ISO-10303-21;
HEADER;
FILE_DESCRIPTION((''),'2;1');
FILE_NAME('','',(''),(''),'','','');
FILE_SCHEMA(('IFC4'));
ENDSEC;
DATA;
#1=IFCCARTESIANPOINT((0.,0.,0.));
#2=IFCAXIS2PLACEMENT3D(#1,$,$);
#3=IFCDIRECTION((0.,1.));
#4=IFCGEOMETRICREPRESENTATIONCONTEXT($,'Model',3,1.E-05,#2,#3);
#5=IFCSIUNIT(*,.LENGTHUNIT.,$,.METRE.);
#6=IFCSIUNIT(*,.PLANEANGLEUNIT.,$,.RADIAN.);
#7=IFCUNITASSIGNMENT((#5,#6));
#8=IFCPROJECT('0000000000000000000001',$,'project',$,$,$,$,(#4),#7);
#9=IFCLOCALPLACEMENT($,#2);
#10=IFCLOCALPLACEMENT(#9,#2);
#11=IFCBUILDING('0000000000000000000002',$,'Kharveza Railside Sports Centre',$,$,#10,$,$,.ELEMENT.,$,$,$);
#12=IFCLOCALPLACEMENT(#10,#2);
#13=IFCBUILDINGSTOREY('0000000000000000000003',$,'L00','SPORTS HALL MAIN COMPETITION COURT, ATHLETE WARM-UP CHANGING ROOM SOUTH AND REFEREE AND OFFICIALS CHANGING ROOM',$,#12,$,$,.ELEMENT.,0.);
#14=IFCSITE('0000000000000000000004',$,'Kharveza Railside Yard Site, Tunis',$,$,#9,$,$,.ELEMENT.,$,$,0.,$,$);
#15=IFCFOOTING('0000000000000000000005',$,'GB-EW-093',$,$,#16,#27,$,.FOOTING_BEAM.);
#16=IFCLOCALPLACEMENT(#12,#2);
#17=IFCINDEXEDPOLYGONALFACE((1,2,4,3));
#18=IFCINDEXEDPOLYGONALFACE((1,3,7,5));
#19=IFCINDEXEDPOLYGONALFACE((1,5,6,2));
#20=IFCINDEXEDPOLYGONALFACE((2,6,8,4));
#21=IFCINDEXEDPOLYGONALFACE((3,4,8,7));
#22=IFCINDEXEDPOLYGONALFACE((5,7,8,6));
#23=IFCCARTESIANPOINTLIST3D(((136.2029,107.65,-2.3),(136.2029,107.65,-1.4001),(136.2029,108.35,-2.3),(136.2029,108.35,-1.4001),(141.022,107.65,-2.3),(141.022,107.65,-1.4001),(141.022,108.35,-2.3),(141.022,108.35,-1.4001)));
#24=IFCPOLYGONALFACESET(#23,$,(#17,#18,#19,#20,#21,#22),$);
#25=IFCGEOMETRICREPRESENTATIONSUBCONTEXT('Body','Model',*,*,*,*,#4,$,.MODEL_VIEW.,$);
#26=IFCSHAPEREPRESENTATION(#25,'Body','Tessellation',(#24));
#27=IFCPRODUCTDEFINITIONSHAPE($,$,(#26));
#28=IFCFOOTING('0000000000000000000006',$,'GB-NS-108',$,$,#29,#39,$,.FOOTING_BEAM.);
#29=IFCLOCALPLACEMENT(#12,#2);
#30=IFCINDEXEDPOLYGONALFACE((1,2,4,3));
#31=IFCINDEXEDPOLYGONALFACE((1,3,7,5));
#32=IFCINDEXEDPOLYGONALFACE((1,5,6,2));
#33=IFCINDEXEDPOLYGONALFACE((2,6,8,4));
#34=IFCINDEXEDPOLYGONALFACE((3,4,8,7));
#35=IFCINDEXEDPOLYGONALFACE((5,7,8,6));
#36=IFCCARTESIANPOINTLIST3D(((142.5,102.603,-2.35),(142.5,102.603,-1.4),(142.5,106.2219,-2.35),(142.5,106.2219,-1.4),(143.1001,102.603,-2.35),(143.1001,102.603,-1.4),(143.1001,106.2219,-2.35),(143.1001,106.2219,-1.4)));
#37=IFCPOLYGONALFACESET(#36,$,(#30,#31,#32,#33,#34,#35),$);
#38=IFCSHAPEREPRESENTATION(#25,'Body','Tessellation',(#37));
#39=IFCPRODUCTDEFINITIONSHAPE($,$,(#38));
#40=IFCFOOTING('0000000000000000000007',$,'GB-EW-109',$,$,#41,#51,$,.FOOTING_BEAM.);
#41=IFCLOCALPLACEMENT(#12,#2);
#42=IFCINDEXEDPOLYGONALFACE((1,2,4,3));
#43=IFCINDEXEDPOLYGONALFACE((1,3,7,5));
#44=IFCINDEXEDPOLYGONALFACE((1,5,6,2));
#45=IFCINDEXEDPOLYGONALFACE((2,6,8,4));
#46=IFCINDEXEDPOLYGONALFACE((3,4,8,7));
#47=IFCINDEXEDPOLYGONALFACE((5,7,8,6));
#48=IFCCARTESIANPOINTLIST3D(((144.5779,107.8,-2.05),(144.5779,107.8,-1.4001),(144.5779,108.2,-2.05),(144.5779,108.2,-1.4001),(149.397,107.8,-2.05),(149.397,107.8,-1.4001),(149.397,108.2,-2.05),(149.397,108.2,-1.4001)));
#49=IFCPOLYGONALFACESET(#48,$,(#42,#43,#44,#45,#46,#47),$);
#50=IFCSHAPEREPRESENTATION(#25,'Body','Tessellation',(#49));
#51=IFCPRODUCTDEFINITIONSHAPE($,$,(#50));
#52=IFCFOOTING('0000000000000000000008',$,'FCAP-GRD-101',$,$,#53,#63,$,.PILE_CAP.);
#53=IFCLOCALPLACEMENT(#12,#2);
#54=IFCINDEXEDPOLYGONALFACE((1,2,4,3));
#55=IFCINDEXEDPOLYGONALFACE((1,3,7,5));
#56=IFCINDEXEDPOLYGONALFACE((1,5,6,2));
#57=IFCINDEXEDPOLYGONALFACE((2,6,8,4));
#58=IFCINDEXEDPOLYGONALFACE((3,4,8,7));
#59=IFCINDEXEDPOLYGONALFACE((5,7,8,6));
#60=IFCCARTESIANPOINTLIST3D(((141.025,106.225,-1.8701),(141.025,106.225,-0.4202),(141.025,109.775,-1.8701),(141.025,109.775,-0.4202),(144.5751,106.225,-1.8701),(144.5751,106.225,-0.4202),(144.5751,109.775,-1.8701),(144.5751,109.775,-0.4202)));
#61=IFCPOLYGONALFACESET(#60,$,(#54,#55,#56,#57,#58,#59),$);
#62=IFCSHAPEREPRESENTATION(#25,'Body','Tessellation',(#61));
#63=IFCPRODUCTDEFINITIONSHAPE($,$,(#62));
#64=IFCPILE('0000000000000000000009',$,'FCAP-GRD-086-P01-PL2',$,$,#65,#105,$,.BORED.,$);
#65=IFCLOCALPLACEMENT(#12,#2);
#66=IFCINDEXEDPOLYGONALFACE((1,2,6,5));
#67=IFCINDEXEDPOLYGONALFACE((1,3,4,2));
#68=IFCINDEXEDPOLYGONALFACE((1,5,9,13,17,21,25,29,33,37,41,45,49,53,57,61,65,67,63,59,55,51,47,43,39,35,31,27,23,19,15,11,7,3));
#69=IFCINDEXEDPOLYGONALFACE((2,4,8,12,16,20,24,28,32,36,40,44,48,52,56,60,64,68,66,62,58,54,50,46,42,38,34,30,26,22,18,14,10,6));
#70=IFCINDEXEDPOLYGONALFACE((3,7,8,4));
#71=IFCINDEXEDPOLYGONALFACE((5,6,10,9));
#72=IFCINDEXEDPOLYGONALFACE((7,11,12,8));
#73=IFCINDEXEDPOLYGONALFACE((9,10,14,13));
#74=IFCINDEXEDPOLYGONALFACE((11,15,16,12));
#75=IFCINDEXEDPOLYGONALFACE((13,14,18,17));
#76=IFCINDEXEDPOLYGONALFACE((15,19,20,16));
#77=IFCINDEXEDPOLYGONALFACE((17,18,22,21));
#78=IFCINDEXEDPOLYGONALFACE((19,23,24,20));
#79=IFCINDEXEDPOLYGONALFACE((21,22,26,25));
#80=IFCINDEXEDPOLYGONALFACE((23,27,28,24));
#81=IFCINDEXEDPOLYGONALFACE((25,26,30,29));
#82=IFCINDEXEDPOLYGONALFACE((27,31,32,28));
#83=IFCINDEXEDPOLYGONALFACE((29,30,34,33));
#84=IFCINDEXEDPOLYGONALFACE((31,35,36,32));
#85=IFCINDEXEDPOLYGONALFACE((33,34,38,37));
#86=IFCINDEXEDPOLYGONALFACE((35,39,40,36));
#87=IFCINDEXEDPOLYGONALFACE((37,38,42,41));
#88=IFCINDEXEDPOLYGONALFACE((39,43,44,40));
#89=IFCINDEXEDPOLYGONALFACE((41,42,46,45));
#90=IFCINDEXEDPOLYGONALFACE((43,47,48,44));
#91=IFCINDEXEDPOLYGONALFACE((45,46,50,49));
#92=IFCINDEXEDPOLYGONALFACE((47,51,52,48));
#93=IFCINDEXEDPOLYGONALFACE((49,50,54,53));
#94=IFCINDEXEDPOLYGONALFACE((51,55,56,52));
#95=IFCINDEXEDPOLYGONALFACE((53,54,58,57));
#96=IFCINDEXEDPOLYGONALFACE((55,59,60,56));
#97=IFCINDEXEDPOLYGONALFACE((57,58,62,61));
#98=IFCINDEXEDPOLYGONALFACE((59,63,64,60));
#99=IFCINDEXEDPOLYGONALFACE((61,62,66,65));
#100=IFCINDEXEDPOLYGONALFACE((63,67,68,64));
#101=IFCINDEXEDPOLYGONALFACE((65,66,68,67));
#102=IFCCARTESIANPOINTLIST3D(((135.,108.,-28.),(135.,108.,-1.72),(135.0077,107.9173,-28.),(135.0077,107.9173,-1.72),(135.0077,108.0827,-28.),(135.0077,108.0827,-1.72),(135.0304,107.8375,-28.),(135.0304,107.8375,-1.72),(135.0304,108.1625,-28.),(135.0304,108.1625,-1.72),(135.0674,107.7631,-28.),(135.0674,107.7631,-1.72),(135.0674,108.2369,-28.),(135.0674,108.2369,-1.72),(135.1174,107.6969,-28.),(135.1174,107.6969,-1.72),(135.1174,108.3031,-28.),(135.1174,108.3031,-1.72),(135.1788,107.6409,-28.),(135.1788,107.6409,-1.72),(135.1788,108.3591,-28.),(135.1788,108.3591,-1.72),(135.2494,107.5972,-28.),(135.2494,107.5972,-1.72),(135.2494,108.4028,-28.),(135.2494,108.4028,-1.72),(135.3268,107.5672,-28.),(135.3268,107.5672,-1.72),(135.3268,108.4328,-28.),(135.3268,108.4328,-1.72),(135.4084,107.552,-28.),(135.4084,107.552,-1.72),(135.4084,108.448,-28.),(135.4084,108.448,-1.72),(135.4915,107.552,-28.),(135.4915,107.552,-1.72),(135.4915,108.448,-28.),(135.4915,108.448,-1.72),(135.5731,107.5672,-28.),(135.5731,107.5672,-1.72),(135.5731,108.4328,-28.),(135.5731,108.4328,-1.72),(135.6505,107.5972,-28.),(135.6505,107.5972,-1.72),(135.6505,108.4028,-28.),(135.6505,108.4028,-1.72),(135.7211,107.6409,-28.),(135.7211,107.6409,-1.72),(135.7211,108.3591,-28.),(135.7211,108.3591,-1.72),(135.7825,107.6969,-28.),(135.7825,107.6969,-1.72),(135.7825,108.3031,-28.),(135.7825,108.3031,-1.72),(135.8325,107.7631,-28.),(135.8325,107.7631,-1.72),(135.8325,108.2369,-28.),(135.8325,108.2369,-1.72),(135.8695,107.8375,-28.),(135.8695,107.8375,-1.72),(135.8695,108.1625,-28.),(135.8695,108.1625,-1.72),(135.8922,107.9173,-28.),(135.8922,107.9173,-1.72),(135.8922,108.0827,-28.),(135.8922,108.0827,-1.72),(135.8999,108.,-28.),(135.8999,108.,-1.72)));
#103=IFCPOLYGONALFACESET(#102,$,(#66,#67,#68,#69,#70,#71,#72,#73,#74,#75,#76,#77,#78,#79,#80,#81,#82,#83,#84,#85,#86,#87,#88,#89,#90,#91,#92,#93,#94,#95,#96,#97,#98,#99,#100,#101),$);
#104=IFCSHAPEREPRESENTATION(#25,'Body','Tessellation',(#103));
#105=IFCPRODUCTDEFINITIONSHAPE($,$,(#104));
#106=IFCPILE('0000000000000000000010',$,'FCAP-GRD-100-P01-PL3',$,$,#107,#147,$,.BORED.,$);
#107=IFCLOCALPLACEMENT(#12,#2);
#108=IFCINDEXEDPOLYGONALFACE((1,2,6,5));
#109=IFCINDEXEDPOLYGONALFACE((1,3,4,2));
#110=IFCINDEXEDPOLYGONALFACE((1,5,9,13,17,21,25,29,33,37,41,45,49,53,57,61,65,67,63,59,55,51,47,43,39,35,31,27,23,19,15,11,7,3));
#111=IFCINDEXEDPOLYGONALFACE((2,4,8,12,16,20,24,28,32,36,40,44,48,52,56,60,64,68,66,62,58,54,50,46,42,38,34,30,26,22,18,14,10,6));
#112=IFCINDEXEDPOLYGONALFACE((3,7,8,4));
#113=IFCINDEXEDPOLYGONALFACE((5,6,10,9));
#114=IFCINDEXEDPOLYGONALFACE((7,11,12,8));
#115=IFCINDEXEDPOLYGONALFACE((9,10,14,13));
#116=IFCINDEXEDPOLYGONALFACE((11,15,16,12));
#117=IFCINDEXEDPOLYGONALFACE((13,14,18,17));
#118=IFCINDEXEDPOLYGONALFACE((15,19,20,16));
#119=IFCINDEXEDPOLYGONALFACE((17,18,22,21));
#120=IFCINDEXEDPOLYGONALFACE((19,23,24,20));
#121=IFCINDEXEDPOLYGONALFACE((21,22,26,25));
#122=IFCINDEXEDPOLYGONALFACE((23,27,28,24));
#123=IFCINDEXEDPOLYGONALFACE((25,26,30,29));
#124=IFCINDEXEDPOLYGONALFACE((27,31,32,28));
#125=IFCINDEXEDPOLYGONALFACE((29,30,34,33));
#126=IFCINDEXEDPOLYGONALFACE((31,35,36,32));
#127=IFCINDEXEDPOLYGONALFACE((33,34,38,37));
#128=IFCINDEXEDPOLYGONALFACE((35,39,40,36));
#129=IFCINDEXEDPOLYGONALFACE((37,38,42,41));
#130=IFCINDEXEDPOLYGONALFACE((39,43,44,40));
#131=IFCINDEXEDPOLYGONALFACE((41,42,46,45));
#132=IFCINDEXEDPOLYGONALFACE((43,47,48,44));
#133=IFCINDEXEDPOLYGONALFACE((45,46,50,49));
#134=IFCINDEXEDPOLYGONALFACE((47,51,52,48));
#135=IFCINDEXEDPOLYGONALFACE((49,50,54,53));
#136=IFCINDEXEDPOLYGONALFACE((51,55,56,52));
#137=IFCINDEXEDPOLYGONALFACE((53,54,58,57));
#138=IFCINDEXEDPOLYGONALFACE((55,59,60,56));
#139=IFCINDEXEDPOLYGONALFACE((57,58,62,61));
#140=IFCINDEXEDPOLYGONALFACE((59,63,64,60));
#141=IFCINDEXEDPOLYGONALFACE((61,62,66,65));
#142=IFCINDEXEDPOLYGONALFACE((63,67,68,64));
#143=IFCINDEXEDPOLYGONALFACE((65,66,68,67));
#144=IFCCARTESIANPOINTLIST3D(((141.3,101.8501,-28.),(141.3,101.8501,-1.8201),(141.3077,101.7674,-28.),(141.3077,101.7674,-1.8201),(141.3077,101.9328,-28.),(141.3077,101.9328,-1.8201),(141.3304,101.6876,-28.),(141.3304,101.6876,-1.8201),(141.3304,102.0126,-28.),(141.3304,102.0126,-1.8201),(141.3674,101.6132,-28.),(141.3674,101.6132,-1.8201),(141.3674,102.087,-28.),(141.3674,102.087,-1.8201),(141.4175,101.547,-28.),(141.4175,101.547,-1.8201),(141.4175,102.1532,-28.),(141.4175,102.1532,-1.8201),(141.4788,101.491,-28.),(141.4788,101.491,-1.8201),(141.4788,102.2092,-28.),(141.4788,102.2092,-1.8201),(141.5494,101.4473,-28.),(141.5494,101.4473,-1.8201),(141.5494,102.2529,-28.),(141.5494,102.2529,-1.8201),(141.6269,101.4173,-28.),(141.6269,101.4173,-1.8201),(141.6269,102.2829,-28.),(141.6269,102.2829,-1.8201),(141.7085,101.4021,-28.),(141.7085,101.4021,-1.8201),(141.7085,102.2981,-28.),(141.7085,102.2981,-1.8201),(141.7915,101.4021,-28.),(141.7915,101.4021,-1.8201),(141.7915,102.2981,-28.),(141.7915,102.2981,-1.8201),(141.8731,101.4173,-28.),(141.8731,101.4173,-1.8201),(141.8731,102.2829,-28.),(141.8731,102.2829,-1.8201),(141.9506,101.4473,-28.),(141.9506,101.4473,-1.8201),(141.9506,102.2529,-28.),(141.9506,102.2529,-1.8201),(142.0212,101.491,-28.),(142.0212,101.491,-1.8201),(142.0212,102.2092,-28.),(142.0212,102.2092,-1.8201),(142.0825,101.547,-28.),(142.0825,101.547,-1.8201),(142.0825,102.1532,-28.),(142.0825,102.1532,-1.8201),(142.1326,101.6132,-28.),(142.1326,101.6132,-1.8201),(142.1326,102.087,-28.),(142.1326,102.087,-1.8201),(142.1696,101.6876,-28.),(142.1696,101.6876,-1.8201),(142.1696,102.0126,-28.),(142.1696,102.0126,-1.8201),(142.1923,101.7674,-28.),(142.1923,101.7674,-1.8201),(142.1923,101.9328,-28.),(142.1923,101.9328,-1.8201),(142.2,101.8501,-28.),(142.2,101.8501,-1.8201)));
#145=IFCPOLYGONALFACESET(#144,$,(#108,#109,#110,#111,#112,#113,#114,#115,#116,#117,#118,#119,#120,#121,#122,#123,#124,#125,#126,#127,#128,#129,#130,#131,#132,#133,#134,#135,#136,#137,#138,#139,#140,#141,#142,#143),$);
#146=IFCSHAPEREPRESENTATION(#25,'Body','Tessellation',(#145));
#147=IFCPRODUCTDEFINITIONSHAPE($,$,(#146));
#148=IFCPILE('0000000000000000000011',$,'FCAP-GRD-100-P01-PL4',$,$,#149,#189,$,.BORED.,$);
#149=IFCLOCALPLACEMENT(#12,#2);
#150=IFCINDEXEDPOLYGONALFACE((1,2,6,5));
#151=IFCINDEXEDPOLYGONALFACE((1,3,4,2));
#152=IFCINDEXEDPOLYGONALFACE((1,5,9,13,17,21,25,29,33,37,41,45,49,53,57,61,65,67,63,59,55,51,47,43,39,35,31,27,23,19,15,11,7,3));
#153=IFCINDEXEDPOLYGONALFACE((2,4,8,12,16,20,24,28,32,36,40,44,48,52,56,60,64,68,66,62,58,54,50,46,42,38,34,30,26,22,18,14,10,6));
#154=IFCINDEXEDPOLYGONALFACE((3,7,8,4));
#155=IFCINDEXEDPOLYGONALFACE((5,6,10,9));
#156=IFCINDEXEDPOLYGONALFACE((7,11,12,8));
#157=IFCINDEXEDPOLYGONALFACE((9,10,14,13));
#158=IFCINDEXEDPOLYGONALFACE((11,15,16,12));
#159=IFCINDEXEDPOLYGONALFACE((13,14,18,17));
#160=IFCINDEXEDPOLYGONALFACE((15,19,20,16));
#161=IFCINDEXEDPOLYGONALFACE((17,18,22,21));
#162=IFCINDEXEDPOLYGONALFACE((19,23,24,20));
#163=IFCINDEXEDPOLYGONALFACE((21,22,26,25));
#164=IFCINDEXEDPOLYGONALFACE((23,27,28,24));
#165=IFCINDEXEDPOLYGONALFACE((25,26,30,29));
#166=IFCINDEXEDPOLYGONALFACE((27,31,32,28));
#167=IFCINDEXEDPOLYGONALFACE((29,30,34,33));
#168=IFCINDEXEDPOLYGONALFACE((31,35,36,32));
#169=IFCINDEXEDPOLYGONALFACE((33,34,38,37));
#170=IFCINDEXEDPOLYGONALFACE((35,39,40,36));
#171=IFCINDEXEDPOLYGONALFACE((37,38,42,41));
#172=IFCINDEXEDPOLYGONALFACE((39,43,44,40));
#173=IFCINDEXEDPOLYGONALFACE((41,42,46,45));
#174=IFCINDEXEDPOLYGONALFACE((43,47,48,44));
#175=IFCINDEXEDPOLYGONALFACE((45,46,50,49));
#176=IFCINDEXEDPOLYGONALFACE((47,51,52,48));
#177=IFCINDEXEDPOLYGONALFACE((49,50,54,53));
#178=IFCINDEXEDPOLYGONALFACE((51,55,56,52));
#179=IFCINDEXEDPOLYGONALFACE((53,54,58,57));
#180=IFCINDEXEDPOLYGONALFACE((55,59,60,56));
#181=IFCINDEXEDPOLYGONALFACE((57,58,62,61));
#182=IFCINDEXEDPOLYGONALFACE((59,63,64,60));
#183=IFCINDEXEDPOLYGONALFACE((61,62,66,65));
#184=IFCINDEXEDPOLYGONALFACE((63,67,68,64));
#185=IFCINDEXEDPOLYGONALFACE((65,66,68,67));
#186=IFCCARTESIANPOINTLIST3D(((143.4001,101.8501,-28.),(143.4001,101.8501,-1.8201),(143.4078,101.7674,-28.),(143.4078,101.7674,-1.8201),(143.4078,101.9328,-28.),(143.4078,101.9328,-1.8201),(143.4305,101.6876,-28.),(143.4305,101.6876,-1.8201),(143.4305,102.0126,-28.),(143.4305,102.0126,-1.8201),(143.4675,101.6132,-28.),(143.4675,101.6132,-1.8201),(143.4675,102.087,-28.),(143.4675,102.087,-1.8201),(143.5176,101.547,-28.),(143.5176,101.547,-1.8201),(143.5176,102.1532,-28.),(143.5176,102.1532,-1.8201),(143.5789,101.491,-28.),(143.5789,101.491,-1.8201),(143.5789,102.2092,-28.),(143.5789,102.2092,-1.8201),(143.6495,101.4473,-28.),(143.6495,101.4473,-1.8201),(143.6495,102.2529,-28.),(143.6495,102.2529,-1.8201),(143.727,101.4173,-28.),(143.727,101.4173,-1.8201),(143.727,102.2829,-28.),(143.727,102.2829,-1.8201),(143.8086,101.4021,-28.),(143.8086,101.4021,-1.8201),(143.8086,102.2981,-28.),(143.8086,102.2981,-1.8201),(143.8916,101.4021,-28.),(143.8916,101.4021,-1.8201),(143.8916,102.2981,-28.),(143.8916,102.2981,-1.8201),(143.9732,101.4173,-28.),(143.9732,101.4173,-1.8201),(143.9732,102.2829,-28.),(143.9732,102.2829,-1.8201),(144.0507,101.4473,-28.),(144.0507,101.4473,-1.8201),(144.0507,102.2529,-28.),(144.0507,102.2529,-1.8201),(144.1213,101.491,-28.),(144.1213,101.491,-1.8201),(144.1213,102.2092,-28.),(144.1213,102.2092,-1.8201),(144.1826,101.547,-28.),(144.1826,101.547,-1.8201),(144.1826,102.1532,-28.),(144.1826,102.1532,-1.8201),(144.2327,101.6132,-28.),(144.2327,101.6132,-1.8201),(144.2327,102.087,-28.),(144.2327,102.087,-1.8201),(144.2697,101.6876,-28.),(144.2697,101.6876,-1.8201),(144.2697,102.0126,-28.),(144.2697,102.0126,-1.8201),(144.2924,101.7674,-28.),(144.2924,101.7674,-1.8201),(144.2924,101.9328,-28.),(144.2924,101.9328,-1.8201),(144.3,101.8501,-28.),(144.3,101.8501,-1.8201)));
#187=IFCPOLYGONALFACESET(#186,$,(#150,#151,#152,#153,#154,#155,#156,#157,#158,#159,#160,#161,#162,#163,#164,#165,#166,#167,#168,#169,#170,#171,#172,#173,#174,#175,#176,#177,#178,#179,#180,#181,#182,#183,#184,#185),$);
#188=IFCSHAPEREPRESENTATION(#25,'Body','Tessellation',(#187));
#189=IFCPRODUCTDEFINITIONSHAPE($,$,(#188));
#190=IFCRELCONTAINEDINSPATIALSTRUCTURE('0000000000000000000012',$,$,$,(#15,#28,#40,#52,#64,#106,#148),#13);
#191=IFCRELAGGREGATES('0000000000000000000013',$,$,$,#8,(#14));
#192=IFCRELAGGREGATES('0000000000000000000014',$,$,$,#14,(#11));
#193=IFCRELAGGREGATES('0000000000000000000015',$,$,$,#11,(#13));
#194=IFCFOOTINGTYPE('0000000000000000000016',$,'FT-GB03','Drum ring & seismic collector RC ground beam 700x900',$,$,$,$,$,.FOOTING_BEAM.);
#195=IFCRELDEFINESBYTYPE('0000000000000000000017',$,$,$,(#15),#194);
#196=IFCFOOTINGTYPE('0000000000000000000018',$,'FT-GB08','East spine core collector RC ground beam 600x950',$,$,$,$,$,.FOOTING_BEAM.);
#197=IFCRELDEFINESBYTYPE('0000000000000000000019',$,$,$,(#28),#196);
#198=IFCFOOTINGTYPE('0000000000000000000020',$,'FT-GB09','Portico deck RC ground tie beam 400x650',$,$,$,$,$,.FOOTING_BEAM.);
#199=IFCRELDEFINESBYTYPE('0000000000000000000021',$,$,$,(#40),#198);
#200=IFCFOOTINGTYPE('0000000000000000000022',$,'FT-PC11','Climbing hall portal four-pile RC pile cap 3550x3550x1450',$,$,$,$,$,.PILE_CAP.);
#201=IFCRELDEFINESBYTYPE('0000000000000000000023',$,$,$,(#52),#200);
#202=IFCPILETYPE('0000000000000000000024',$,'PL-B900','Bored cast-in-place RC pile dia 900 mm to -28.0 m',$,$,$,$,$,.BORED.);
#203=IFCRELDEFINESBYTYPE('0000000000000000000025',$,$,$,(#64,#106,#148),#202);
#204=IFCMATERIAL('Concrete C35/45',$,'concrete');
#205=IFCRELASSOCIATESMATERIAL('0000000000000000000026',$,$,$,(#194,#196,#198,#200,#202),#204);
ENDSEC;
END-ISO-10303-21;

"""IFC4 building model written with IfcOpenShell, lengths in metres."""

from ifc_helpers import new_model, si_unit, direction, frame, origin, origin_2d, place, context, subcontext, project, spatial, rectangle, circle, extrude, material, material_profile, profile_set, type_object, element, save


model = new_model("IFC4")

# Units and contexts
model_context = context("Model", 3, precision=1e-05, world=origin(), true_north=direction((0.0, 1.0)))
body_context = subcontext(model_context, "Body", "Model", "MODEL_VIEW")
ifc_project = project(units=[si_unit("LENGTHUNIT", "METRE"), si_unit("PLANEANGLEUNIT", "RADIAN")], contexts=[model_context])

# Site, building, storey
site_placement = place(None, origin())
site = spatial("IfcSite", under=ifc_project, at=site_placement, Name="Kharveza Railside Yard Site, Tunis", CompositionType="ELEMENT", RefElevation=0.0)
building_placement = place(site_placement, origin())
building = spatial("IfcBuilding", under=site, at=building_placement, Name="Kharveza Railside Sports Centre", CompositionType="ELEMENT")
storey_placement = place(building_placement, origin())
storey = spatial("IfcBuildingStorey", under=building, at=storey_placement, Name="L00", Description="SPORTS HALL MAIN COMPETITION COURT, ATHLETE WARM-UP CHANGING ROOM SOUTH AND REFEREE AND OFFICIALS CHANGING ROOM", CompositionType="ELEMENT", Elevation=0.0)

# Footings
ifc_material_1 = material(Name="Concrete C35/45", Category="concrete")
ifc_material_profile_1 = material_profile(ifc_material_1, rectangle(XDim=0.7, YDim=0.8999, at=origin_2d()), Name="GB 700x900")
ifc_profile_set_1 = profile_set([ifc_material_profile_1], Name="Concrete C35/45")
footing_type_1 = type_object("IfcFootingType", Name="FT-GB03", Description="Drum ring & seismic collector RC ground beam 700x900", PredefinedType="FOOTING_BEAM", material=ifc_profile_set_1)
footing_1_placement = place(storey_placement, frame((136.2029, 108.0, -1.8501), z_axis=(1.0, 0.0, 0.0), x_axis=(0.0, 1.0, 0.0)))
element("IfcFooting", 1, at=footing_1_placement, inside=storey, type_object=footing_type_1, Name="GB-EW-093", PredefinedType="FOOTING_BEAM", context=body_context, shape_type="SweptSolid", body=[
    extrude(rectangle(XDim=0.7, YDim=0.8999, at=origin_2d()), origin(), (0.0, 0.0, 1.0), 4.8191),
])
ifc_material_profile_2 = material_profile(ifc_material_1, rectangle(XDim=0.6001, YDim=0.95, at=origin_2d()), Name="GB 600x950")
ifc_profile_set_2 = profile_set([ifc_material_profile_2], Name="Concrete C35/45")
footing_type_2 = type_object("IfcFootingType", Name="FT-GB08", Description="East spine core collector RC ground beam 600x950", PredefinedType="FOOTING_BEAM", material=ifc_profile_set_2)
footing_2_placement = place(storey_placement, frame((142.8, 102.603, -1.875), z_axis=(0.0, 1.0, 0.0), x_axis=(-1.0, 0.0, 0.0)))
element("IfcFooting", 2, at=footing_2_placement, inside=storey, type_object=footing_type_2, Name="GB-NS-108", PredefinedType="FOOTING_BEAM", context=body_context, shape_type="SweptSolid", body=[
    extrude(rectangle(XDim=0.6001, YDim=0.95, at=origin_2d()), origin(), (0.0, 0.0, 1.0), 3.6189),
])
ifc_material_profile_3 = material_profile(ifc_material_1, rectangle(XDim=0.3999, YDim=0.6499, at=origin_2d()), Name="GB 400x650")
ifc_profile_set_3 = profile_set([ifc_material_profile_3], Name="Concrete C35/45")
footing_type_3 = type_object("IfcFootingType", Name="FT-GB09", Description="Portico deck RC ground tie beam 400x650", PredefinedType="FOOTING_BEAM", material=ifc_profile_set_3)
footing_3_placement = place(storey_placement, frame((144.5779, 108.0, -1.7251), z_axis=(1.0, 0.0, 0.0), x_axis=(0.0, 1.0, 0.0)))
element("IfcFooting", 3, at=footing_3_placement, inside=storey, type_object=footing_type_3, Name="GB-EW-109", PredefinedType="FOOTING_BEAM", context=body_context, shape_type="SweptSolid", body=[
    extrude(rectangle(XDim=0.3999, YDim=0.6499, at=origin_2d()), origin(), (0.0, 0.0, 1.0), 4.8191),
])
footing_type_4 = type_object("IfcFootingType", Name="FT-PC11", Description="Climbing hall portal four-pile RC pile cap 3550x3550x1450", PredefinedType="PILE_CAP", material=ifc_material_1)
footing_4_placement = place(storey_placement, frame((142.8, 108.0, -1.8701), z_axis=(0.0, 0.0, 1.0), x_axis=(1.0, 0.0, 0.0)))
element("IfcFooting", 4, at=footing_4_placement, inside=storey, type_object=footing_type_4, Name="FCAP-GRD-101", PredefinedType="PILE_CAP", context=body_context, shape_type="SweptSolid", body=[
    extrude(rectangle(XDim=3.55, YDim=3.55, at=origin_2d()), origin(), (0.0, 0.0, 1.0), 1.45),
])

# Piles
ifc_material_profile_4 = material_profile(ifc_material_1, circle(Radius=0.45, at=origin_2d()), Name="PILE D900")
ifc_profile_set_4 = profile_set([ifc_material_profile_4], Name="Concrete C35/45")
pile_type = type_object("IfcPileType", Name="PL-B900", Description="Bored cast-in-place RC pile dia 900 mm to -28.0 m", PredefinedType="BORED", material=ifc_profile_set_4)
pile_1_placement = place(storey_placement, frame((135.45, 108.0, -1.72), z_axis=(0.0, 0.0, -1.0), x_axis=(1.0, 0.0, 0.0)))
element("IfcPile", 5, at=pile_1_placement, inside=storey, type_object=pile_type, Name="FCAP-GRD-086-P01-PL2", PredefinedType="BORED", context=body_context, shape_type="SweptSolid", body=[
    extrude(circle(Radius=0.45, at=origin_2d()), origin(), (0.0, 0.0, 1.0), 26.28),
])
for number, where, z_axis, x_axis, name in (
    (6, (141.75, 101.8501, -1.8201), (0.0, 0.0, -1.0), (1.0, 0.0, 0.0), "FCAP-GRD-100-P01-PL3"),
    (7, (143.8501, 101.8501, -1.8201), (0.0, 0.0, -1.0), (1.0, 0.0, 0.0), "FCAP-GRD-100-P01-PL4"),
):
    element("IfcPile", number, at=place(storey_placement, frame(where, z_axis=z_axis, x_axis=x_axis)), inside=storey, type_object=pile_type, Name=name, PredefinedType="BORED", context=body_context, shape_type="SweptSolid", body=[
        extrude(circle(Radius=0.45, at=origin_2d()), origin(), (0.0, 0.0, 1.0), 26.1799),
    ])

save(model, "model.ifc")
